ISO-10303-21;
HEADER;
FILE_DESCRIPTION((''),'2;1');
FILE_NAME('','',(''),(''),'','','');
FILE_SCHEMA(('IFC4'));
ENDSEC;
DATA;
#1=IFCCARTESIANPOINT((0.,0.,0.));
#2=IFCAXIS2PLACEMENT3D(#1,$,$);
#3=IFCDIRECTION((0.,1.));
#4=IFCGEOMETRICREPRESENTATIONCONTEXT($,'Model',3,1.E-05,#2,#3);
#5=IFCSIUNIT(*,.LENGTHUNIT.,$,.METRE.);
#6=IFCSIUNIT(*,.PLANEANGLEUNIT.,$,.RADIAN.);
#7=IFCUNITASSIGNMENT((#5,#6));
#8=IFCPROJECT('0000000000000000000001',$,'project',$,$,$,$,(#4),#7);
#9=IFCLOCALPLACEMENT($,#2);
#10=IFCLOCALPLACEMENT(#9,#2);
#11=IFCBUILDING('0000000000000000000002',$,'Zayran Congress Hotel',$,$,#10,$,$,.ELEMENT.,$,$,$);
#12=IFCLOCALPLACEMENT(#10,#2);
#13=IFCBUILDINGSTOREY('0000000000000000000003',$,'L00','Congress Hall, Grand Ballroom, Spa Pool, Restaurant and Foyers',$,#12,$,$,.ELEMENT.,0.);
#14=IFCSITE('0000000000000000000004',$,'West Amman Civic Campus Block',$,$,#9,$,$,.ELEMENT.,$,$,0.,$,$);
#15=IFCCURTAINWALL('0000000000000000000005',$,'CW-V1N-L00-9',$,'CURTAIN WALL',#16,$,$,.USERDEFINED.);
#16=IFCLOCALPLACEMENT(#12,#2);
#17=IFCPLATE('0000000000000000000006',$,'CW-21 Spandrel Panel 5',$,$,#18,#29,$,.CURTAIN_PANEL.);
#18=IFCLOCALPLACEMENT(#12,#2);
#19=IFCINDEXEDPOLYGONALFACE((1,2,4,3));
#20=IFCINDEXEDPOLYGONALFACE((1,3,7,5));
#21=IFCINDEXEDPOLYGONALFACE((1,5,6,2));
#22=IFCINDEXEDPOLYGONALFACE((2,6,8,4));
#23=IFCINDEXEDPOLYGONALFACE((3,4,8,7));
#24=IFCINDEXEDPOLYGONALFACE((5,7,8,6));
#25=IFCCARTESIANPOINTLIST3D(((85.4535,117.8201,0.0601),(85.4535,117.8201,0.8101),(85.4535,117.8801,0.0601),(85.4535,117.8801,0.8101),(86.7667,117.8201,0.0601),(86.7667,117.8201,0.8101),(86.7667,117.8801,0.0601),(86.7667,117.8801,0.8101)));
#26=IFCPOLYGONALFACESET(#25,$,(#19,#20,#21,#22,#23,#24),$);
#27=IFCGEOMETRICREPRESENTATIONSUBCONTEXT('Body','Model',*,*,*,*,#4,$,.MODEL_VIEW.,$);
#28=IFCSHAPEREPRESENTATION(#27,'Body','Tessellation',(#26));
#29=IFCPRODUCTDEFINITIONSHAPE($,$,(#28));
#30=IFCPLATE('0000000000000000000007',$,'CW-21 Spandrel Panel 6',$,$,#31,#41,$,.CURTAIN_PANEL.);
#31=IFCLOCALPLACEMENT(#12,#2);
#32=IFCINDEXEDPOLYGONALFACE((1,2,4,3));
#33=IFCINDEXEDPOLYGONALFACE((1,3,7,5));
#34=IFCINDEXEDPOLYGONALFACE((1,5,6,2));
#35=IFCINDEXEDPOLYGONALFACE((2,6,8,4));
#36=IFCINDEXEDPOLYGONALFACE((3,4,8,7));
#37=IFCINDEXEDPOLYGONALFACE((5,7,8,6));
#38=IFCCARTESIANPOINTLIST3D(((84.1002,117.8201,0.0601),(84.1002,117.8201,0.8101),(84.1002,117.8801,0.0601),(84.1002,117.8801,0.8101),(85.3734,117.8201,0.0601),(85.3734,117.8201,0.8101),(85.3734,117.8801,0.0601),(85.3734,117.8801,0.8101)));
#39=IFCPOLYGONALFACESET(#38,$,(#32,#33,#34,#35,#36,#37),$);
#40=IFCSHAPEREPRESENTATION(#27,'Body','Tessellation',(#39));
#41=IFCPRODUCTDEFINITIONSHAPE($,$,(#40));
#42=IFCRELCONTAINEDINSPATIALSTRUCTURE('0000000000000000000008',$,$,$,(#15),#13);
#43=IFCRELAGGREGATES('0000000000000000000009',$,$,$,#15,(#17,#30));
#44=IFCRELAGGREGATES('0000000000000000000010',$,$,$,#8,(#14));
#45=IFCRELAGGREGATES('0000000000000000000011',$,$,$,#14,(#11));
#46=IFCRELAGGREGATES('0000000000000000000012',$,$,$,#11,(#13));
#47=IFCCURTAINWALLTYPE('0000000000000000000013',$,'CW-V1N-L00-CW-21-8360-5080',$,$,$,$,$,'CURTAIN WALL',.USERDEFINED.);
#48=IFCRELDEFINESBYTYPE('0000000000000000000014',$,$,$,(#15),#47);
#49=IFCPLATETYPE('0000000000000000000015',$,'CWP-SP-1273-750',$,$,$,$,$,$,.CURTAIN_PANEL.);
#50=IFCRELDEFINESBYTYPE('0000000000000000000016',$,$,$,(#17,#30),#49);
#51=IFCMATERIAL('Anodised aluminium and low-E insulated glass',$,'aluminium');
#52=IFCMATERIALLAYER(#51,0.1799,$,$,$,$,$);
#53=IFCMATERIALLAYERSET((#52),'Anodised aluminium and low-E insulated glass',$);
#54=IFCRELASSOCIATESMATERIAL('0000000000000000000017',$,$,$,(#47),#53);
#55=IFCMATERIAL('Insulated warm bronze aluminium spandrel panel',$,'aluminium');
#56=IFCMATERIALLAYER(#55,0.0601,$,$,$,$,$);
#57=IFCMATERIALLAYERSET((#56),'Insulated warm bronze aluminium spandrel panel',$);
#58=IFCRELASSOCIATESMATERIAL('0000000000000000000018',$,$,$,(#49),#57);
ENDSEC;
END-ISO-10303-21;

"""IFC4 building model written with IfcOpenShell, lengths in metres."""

from ifc_helpers import new_model, si_unit, direction, frame, origin, origin_2d, place, context, subcontext, project, spatial, rectangle, extrude, material, layer, layer_set, type_object, element, aggregate, save


model = new_model("IFC4")

# Units and contexts
model_context = context("Model", 3, precision=1e-05, world=origin(), true_north=direction((0.0, 1.0)))
body_context = subcontext(model_context, "Body", "Model", "MODEL_VIEW")
ifc_project = project(units=[si_unit("LENGTHUNIT", "METRE"), si_unit("PLANEANGLEUNIT", "RADIAN")], contexts=[model_context])

# Site, building, storey
site_placement = place(None, origin())
site = spatial("IfcSite", under=ifc_project, at=site_placement, Name="West Amman Civic Campus Block", CompositionType="ELEMENT", RefElevation=0.0)
building_placement = place(site_placement, origin())
building = spatial("IfcBuilding", under=site, at=building_placement, Name="Zayran Congress Hotel", CompositionType="ELEMENT")
storey_placement = place(building_placement, origin())
storey = spatial("IfcBuildingStorey", under=building, at=storey_placement, Name="L00", Description="Congress Hall, Grand Ballroom, Spa Pool, Restaurant and Foyers", CompositionType="ELEMENT", Elevation=0.0)

# Curtain wall, plates
ifc_material_1 = material(Name="Anodised aluminium and low-E insulated glass", Category="aluminium")
ifc_layer_1 = layer(ifc_material_1, 0.1799)
ifc_layer_set_1 = layer_set([ifc_layer_1], Name="Anodised aluminium and low-E insulated glass")
curtain_wall_type = type_object("IfcCurtainWallType", Name="CW-V1N-L00-CW-21-8360-5080", ElementType="CURTAIN WALL", PredefinedType="USERDEFINED", material=ifc_layer_set_1)
curtain_wall_placement = place(storey_placement, origin())
curtain_wall = element("IfcCurtainWall", 1, at=curtain_wall_placement, inside=storey, type_object=curtain_wall_type, Name="CW-V1N-L00-9", ObjectType="CURTAIN WALL", PredefinedType="USERDEFINED")
ifc_material_2 = material(Name="Insulated warm bronze aluminium spandrel panel", Category="aluminium")
ifc_layer_2 = layer(ifc_material_2, 0.0601)
ifc_layer_set_2 = layer_set([ifc_layer_2], Name="Insulated warm bronze aluminium spandrel panel")
plate_type_1 = type_object("IfcPlateType", Name="CWP-SP-1273-750", PredefinedType="CURTAIN_PANEL", material=ifc_layer_set_2)
plate_1_placement = place(storey_placement, frame((86.1101, 117.8501, 0.0601), z_axis=(0.0, 0.0, 1.0), x_axis=(1.0, 0.0, 0.0)))
plate_1 = element("IfcPlate", 2, at=plate_1_placement, type_object=plate_type_1, Name="CW-21 Spandrel Panel 5", PredefinedType="CURTAIN_PANEL", context=body_context, shape_type="SweptSolid", body=[
    extrude(rectangle(XDim=1.3132, YDim=0.0601, at=origin_2d()), origin(), (0.0, 0.0, 1.0), 0.75),
])
plate_2_placement = place(storey_placement, frame((84.7368, 117.8501, 0.0601), z_axis=(0.0, 0.0, 1.0), x_axis=(1.0, 0.0, 0.0)))
plate_2 = element("IfcPlate", 3, at=plate_2_placement, type_object=plate_type_1, Name="CW-21 Spandrel Panel 6", PredefinedType="CURTAIN_PANEL", context=body_context, shape_type="SweptSolid", body=[
    extrude(rectangle(XDim=1.2732, YDim=0.0601, at=origin_2d()), origin(), (0.0, 0.0, 1.0), 0.75),
])
aggregate(curtain_wall, [plate_1, plate_2])

save(model, "model.ifc")
